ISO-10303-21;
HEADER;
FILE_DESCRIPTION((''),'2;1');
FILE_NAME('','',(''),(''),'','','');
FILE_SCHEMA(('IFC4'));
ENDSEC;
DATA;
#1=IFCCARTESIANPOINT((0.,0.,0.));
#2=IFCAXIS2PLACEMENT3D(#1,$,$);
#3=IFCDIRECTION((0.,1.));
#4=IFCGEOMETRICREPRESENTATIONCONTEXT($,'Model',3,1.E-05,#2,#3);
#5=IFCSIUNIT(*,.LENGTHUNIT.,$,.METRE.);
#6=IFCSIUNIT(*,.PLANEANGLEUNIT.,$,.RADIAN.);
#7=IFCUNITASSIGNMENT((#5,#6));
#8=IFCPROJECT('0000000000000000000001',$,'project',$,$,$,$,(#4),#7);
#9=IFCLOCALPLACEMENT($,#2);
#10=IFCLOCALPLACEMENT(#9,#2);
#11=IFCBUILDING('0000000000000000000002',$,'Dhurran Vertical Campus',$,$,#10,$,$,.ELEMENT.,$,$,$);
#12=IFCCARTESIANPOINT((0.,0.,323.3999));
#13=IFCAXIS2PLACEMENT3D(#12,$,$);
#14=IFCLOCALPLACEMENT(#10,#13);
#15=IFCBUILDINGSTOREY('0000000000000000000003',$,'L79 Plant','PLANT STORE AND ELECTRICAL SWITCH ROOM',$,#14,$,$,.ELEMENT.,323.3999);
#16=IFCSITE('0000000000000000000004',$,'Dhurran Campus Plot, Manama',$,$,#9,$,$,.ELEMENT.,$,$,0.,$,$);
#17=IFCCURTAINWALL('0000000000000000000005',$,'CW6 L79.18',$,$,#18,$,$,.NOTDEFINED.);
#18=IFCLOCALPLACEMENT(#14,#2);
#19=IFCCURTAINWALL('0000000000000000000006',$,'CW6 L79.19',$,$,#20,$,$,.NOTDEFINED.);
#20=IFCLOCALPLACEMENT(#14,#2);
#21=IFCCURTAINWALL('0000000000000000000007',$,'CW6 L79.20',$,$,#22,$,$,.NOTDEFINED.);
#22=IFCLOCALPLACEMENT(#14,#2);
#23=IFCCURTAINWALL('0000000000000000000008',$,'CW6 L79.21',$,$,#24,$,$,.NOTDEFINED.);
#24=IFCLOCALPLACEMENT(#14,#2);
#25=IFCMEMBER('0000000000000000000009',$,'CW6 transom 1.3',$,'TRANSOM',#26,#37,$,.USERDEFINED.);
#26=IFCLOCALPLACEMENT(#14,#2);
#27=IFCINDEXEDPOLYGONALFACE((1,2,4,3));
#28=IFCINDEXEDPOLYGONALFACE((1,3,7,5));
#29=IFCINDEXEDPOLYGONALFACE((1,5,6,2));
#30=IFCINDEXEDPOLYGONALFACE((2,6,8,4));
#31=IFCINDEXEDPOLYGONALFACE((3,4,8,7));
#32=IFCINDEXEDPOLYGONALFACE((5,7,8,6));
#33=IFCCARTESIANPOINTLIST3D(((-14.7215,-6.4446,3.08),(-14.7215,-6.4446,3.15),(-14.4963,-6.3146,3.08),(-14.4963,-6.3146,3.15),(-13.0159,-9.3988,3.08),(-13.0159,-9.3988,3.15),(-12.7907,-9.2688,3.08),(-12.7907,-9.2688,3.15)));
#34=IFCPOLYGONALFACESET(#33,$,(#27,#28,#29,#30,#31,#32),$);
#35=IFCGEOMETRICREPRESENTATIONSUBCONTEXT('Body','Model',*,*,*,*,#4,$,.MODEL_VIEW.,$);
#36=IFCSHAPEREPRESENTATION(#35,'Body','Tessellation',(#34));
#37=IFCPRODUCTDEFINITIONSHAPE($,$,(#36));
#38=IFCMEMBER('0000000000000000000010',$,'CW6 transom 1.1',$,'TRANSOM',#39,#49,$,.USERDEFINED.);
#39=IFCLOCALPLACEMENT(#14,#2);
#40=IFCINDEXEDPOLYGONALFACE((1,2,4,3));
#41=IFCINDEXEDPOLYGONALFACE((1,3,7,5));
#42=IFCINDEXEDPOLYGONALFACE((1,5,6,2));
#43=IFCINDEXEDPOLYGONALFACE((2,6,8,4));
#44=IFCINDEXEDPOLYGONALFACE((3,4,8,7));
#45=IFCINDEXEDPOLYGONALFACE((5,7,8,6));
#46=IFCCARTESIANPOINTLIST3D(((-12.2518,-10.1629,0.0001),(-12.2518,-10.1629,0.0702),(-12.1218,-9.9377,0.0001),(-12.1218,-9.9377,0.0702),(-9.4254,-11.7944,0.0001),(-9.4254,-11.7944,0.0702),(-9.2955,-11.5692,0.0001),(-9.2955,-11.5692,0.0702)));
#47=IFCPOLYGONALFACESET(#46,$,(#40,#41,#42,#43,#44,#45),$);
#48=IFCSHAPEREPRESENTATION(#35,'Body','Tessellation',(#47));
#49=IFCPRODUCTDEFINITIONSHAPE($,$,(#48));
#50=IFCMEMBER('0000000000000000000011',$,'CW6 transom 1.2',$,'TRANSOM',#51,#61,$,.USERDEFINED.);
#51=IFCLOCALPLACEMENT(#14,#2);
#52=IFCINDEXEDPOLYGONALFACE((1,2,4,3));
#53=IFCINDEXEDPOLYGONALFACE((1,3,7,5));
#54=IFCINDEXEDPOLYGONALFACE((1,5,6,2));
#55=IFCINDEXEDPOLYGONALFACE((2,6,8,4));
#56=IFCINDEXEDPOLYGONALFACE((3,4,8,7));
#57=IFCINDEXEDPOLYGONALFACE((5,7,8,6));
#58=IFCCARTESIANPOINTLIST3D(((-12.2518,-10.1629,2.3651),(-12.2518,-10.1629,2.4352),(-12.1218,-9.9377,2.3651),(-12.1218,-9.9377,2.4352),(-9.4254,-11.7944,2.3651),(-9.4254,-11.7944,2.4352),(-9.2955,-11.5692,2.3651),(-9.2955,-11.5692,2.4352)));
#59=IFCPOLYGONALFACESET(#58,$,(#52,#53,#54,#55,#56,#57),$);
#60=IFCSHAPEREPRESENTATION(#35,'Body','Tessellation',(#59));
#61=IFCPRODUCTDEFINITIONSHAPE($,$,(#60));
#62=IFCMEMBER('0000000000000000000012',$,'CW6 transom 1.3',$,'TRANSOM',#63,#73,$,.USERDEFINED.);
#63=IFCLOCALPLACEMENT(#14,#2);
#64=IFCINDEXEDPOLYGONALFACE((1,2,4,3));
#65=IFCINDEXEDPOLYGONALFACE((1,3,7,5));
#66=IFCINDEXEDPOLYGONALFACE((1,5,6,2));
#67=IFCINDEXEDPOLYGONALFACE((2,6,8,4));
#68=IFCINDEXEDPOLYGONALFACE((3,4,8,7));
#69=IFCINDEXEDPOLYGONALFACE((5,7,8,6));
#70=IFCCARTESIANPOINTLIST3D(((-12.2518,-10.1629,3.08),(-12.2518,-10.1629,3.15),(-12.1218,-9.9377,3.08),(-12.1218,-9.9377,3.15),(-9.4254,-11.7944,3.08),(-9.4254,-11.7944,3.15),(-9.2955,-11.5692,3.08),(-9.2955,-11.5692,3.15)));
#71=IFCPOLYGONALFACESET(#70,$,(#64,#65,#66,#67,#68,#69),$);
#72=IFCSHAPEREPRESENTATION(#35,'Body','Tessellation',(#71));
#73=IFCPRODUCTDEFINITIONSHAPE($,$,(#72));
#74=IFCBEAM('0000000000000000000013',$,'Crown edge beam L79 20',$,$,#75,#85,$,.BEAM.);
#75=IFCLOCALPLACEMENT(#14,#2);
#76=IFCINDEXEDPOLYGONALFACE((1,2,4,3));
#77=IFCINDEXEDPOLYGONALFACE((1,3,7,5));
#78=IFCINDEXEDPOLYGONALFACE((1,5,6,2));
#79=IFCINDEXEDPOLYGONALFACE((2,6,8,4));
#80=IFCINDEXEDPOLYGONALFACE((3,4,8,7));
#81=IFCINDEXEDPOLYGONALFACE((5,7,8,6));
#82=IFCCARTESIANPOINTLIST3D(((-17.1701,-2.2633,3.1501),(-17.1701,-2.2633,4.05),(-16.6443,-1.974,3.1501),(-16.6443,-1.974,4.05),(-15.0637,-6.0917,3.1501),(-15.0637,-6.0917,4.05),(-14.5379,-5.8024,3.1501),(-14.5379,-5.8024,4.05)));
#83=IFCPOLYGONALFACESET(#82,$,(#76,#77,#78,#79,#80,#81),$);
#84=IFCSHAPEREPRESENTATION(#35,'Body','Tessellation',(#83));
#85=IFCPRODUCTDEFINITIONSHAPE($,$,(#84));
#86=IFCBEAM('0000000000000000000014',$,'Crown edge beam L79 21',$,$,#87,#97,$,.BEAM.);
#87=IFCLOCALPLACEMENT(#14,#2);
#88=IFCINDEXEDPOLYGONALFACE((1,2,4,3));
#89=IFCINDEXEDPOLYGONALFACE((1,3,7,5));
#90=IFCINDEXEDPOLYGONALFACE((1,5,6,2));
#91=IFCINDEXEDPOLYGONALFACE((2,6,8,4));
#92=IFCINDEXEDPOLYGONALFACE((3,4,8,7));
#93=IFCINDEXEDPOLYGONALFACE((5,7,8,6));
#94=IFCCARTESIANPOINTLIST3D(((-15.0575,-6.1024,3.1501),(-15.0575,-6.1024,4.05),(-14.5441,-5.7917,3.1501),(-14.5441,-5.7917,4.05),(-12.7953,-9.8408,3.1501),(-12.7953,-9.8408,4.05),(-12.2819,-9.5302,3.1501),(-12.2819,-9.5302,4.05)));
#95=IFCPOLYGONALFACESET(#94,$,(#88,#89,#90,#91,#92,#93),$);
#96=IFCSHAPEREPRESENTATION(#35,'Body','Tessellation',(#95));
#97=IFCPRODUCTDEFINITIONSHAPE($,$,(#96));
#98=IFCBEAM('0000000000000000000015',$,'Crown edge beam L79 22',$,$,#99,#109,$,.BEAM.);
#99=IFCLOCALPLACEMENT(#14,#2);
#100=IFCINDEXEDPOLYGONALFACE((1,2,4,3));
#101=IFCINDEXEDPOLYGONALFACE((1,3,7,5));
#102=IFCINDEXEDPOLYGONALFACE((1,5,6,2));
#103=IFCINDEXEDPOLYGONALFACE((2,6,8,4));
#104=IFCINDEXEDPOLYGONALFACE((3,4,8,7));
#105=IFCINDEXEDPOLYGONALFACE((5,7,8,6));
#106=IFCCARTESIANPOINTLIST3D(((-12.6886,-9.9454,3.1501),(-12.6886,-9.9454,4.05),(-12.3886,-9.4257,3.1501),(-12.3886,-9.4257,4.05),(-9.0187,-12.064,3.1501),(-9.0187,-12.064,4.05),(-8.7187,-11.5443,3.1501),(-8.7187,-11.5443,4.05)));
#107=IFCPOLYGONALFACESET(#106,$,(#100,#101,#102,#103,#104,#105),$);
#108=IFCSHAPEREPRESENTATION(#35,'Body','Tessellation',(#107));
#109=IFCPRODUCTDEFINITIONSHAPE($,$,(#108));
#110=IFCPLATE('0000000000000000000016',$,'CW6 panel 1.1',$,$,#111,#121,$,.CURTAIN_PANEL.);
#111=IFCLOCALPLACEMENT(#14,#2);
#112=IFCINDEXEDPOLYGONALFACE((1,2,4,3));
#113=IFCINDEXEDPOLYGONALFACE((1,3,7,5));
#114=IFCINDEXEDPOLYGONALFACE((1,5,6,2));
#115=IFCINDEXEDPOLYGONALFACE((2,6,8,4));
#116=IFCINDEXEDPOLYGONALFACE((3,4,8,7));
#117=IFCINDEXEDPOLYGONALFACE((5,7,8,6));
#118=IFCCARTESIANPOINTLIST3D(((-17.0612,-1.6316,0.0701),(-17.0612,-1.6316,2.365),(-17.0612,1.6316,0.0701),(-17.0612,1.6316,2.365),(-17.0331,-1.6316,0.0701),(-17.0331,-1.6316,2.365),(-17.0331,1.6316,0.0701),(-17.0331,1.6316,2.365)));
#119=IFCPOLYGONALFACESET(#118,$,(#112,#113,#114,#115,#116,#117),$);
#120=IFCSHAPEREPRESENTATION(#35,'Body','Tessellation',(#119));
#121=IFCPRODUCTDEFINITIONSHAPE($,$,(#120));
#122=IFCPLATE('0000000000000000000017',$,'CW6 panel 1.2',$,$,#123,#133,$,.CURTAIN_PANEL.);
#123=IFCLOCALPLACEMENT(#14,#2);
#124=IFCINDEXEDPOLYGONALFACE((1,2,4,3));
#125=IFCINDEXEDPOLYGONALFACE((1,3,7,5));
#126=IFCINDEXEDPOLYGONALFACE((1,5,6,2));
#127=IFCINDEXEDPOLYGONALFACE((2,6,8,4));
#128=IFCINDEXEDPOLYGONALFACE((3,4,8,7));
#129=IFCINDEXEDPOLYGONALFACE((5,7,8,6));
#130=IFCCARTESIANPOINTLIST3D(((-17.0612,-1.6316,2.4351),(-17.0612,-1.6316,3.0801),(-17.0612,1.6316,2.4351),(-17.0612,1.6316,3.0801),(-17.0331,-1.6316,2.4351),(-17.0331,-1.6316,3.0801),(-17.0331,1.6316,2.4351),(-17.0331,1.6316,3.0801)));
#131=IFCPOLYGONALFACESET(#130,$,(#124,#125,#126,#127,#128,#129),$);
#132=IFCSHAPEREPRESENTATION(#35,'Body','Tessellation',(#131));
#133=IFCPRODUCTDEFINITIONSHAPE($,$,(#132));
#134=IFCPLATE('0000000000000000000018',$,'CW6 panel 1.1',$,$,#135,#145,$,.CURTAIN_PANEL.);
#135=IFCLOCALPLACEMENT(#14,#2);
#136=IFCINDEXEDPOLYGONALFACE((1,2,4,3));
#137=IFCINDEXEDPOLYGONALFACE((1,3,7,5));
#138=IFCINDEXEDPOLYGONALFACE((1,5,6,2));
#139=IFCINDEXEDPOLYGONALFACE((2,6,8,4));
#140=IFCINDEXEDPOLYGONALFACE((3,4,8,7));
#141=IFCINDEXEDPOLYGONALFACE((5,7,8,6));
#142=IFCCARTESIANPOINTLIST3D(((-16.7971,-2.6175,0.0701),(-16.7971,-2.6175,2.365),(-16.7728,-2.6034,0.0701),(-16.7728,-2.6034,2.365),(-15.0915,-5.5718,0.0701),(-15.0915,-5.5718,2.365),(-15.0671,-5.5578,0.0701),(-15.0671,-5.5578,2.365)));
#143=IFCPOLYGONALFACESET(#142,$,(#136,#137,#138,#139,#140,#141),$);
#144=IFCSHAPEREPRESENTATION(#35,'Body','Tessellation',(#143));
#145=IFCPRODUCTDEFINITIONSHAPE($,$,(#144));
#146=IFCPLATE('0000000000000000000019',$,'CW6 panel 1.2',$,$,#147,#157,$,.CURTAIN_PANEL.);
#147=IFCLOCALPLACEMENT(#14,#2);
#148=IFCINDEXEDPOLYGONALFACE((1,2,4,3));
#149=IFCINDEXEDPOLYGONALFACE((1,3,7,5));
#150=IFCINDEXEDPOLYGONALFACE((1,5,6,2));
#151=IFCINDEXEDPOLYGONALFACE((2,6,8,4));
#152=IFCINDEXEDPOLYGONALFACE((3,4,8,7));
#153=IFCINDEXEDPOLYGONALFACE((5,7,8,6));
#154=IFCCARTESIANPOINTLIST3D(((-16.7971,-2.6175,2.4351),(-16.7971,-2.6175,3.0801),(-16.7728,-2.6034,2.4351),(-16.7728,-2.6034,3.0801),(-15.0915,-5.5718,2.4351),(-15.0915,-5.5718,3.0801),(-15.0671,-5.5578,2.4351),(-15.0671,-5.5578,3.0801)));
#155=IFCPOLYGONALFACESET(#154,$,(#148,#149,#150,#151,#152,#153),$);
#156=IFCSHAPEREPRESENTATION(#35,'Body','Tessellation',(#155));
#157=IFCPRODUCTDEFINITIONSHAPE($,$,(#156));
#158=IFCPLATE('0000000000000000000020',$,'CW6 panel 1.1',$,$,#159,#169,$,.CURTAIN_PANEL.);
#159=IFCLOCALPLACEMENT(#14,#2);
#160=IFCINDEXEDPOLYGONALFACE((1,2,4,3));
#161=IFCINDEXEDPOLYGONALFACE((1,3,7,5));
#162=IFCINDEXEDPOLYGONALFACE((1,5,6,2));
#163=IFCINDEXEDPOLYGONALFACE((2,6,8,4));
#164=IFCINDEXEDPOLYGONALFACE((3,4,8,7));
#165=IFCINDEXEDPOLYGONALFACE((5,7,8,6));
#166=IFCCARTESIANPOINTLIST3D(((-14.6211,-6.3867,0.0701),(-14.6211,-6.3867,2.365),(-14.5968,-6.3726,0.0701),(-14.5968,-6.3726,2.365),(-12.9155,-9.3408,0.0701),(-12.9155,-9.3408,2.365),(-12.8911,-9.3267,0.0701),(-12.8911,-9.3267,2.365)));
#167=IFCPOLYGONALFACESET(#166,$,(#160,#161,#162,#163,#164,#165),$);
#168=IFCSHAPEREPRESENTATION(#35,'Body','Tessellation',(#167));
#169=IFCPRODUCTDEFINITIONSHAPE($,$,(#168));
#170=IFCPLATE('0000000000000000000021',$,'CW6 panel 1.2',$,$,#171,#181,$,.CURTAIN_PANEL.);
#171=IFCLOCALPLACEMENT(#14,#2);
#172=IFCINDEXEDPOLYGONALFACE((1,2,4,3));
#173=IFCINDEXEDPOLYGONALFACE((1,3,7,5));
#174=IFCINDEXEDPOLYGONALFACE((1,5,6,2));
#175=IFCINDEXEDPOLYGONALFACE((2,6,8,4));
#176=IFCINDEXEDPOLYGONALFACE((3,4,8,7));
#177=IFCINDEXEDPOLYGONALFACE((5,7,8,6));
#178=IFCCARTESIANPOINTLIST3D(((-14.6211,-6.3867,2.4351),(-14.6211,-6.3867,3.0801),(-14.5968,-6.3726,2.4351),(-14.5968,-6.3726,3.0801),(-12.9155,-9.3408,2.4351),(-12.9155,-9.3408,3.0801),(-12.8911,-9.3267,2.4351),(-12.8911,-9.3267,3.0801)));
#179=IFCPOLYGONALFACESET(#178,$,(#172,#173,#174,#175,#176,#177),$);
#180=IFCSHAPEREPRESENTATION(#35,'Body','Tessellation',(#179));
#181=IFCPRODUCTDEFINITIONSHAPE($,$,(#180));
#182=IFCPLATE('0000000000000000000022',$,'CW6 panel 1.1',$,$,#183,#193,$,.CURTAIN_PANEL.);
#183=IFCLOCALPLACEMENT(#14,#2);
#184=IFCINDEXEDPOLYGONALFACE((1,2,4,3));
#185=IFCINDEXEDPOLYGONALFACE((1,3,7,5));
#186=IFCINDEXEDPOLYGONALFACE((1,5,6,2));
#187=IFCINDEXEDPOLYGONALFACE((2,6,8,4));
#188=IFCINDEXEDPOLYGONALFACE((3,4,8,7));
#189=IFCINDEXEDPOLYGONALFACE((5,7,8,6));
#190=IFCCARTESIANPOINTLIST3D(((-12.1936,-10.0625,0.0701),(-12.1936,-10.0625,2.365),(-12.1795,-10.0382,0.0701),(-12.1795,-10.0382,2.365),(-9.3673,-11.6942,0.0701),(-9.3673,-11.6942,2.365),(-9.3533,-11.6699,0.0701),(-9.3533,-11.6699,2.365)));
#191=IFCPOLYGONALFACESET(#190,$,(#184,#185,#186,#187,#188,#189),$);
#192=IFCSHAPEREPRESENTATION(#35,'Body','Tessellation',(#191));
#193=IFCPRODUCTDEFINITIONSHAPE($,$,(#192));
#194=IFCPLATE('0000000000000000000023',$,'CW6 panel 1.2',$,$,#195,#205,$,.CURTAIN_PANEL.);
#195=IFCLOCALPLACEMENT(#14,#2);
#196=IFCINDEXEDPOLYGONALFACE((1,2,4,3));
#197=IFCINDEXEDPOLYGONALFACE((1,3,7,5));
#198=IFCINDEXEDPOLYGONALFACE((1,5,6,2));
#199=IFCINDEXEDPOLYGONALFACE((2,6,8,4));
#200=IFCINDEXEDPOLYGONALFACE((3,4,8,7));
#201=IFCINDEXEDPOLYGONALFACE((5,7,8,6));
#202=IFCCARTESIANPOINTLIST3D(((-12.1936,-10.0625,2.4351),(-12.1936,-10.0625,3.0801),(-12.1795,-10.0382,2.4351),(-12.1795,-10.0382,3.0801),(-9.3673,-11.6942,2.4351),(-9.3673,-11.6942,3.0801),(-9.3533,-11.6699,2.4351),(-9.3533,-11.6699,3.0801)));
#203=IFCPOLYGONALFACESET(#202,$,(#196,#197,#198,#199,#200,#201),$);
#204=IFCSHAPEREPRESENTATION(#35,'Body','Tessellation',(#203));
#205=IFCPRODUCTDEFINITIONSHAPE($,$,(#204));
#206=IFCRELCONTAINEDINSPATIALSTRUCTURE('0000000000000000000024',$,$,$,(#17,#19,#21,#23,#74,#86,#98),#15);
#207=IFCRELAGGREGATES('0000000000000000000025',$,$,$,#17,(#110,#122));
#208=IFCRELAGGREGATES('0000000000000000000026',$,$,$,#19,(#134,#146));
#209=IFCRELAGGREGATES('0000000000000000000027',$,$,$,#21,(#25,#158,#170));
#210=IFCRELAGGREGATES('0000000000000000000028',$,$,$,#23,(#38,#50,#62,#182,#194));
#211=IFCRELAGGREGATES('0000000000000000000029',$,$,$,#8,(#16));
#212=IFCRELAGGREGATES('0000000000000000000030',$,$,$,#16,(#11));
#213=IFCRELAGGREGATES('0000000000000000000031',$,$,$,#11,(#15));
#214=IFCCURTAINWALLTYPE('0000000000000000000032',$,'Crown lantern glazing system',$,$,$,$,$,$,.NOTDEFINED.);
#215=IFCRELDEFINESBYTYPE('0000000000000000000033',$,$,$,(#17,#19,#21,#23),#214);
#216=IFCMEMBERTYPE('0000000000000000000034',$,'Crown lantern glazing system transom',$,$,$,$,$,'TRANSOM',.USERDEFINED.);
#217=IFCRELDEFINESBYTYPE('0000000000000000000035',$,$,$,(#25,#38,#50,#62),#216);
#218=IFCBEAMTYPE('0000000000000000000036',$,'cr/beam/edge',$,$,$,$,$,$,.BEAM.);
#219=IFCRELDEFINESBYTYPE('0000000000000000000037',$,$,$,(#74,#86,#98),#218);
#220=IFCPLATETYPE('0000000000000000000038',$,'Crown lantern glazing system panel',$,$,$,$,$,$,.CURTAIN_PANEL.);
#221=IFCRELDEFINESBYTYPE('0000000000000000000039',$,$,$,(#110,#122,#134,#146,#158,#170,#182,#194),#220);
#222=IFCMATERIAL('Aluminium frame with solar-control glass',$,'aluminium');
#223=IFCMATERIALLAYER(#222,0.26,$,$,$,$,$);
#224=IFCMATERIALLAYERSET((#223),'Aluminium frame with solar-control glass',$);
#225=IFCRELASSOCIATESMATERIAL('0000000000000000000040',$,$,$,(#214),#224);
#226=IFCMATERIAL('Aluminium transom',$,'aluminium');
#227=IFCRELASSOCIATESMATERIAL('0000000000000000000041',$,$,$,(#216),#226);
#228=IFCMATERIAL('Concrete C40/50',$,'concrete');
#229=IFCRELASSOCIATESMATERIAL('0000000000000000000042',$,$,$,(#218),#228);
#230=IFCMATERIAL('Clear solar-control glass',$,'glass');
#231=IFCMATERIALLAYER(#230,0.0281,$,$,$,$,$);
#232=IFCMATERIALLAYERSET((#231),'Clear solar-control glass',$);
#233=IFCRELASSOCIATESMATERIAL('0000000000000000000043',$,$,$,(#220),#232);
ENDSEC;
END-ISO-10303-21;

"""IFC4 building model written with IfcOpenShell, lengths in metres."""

from ifc_helpers import new_model, si_unit, direction, frame, origin, origin_2d, place, context, subcontext, project, spatial, rectangle, extrude, material, layer, layer_set, material_profile, profile_set, type_object, element, aggregate, save


model = new_model("IFC4")

# Units and contexts
model_context = context("Model", 3, precision=1e-05, world=origin(), true_north=direction((0.0, 1.0)))
body_context = subcontext(model_context, "Body", "Model", "MODEL_VIEW")
ifc_project = project(units=[si_unit("LENGTHUNIT", "METRE"), si_unit("PLANEANGLEUNIT", "RADIAN")], contexts=[model_context])

# Site, building, storey
site_placement = place(None, origin())
site = spatial("IfcSite", under=ifc_project, at=site_placement, Name="Dhurran Campus Plot, Manama", CompositionType="ELEMENT", RefElevation=0.0)
building_placement = place(site_placement, origin())
building = spatial("IfcBuilding", under=site, at=building_placement, Name="Dhurran Vertical Campus", CompositionType="ELEMENT")
storey_placement = place(building_placement, frame((0.0, 0.0, 323.3999)))
storey = spatial("IfcBuildingStorey", under=building, at=storey_placement, Name="L79 Plant", Description="PLANT STORE AND ELECTRICAL SWITCH ROOM", CompositionType="ELEMENT", Elevation=323.3999)

# Curtain wall
ifc_material_1 = material(Name="Aluminium frame with solar-control glass", Category="aluminium")
ifc_layer_1 = layer(ifc_material_1, 0.26)
ifc_layer_set_1 = layer_set([ifc_layer_1], Name="Aluminium frame with solar-control glass")
curtain_wall_type = type_object("IfcCurtainWallType", Name="Crown lantern glazing system", PredefinedType="NOTDEFINED", material=ifc_layer_set_1)
curtain_wall_1_placement = place(storey_placement, origin())
curtain_wall_1 = element("IfcCurtainWall", 1, at=curtain_wall_1_placement, inside=storey, type_object=curtain_wall_type, Name="CW6 L79.18", PredefinedType="NOTDEFINED")

# Curtain walls
curtain_wall_2_placement = place(storey_placement, origin())
curtain_wall_2 = element("IfcCurtainWall", 2, at=curtain_wall_2_placement, inside=storey, type_object=curtain_wall_type, Name="CW6 L79.19", PredefinedType="NOTDEFINED")
curtain_wall_3_placement = place(storey_placement, origin())
curtain_wall_3 = element("IfcCurtainWall", 3, at=curtain_wall_3_placement, inside=storey, type_object=curtain_wall_type, Name="CW6 L79.20", PredefinedType="NOTDEFINED")
curtain_wall_4_placement = place(storey_placement, origin())
curtain_wall_4 = element("IfcCurtainWall", 4, at=curtain_wall_4_placement, inside=storey, type_object=curtain_wall_type, Name="CW6 L79.21", PredefinedType="NOTDEFINED")

# Members
ifc_material_2 = material(Name="Aluminium transom", Category="aluminium")
ifc_material_profile_1 = material_profile(ifc_material_2, rectangle(XDim=0.26, YDim=0.0701, at=origin_2d()), Name="Crown lantern glazing system transom")
ifc_profile_set_1 = profile_set([ifc_material_profile_1], Name="Aluminium transom")
member_type_1 = type_object("IfcMemberType", Name="Crown lantern glazing system transom", ElementType="TRANSOM", PredefinedType="USERDEFINED", material=ifc_profile_set_1)
member_1_placement = place(storey_placement, frame((-14.6089, -6.3796, 3.115), z_axis=(0.500003, -0.866023, 0.0), x_axis=(0.866023, 0.500003, 0.0)))
member_1 = element("IfcMember", 5, at=member_1_placement, type_object=member_type_1, Name="CW6 transom 1.3", ObjectType="TRANSOM", PredefinedType="USERDEFINED", context=body_context, shape_type="SweptSolid", body=[
    extrude(rectangle(XDim=0.26, YDim=0.0701, at=origin_2d()), origin(), (0.0, 0.0, 1.0), 3.4111),
])
member_2_placement = place(storey_placement, frame((-12.1868, -10.0503, 0.0352), z_axis=(0.866057, -0.499945, 0.0), x_axis=(0.499945, 0.866057, 0.0)))
member_2 = element("IfcMember", 6, at=member_2_placement, type_object=member_type_1, Name="CW6 transom 1.1", ObjectType="TRANSOM", PredefinedType="USERDEFINED", context=body_context, shape_type="SweptSolid", body=[
    extrude(rectangle(XDim=0.26, YDim=0.0701, at=origin_2d()), origin(), (0.0, 0.0, 1.0), 3.2634),
])
member_3_placement = place(storey_placement, frame((-12.1868, -10.0503, 2.4001), z_axis=(0.866057, -0.499945, 0.0), x_axis=(0.499945, 0.866057, 0.0)))
member_3 = element("IfcMember", 7, at=member_3_placement, type_object=member_type_1, Name="CW6 transom 1.2", ObjectType="TRANSOM", PredefinedType="USERDEFINED", context=body_context, shape_type="SweptSolid", body=[
    extrude(rectangle(XDim=0.26, YDim=0.0701, at=origin_2d()), origin(), (0.0, 0.0, 1.0), 3.2634),
])
member_4_placement = place(storey_placement, frame((-12.1868, -10.0503, 3.115), z_axis=(0.866057, -0.499945, 0.0), x_axis=(0.499945, 0.866057, 0.0)))
member_4 = element("IfcMember", 8, at=member_4_placement, type_object=member_type_1, Name="CW6 transom 1.3", ObjectType="TRANSOM", PredefinedType="USERDEFINED", context=body_context, shape_type="SweptSolid", body=[
    extrude(rectangle(XDim=0.26, YDim=0.0701, at=origin_2d()), origin(), (0.0, 0.0, 1.0), 3.2634),
])

# Beams
ifc_material_3 = material(Name="Concrete C40/50", Category="concrete")
ifc_material_profile_2 = material_profile(ifc_material_3, rectangle(XDim=0.6001, YDim=0.8999, at=origin_2d()), Name="cr/beam/edge")
ifc_profile_set_2 = profile_set([ifc_material_profile_2], Name="Concrete C40/50")
beam_type = type_object("IfcBeamType", Name="cr/beam/edge", PredefinedType="BEAM", material=ifc_profile_set_2)
for number, where, z_axis, x_axis, name in (
    (9, (-16.9072, -2.1187, 3.6001), (0.482067, -0.876135, 0.0), (0.876135, 0.482067, 0.0), "Crown edge beam L79 20"),
    (10, (-14.8008, -5.947, 3.6001), (0.517705, -0.855559, 0.0), (0.855559, 0.517705, 0.0), "Crown edge beam L79 21"),
):
    element("IfcBeam", number, at=place(storey_placement, frame(where, z_axis=z_axis, x_axis=x_axis)), inside=storey, type_object=beam_type, Name=name, PredefinedType="BEAM", context=body_context, shape_type="SweptSolid", body=[
        extrude(rectangle(XDim=0.6001, YDim=0.8999, at=origin_2d()), origin(), (0.0, 0.0, 1.0), 4.3696),
    ])
beam_placement = place(storey_placement, frame((-12.5386, -9.6855, 3.6001), z_axis=(0.866044, -0.499968, 0.0), x_axis=(0.499968, 0.866044, 0.0)))
element("IfcBeam", 11, at=beam_placement, inside=storey, type_object=beam_type, Name="Crown edge beam L79 22", PredefinedType="BEAM", context=body_context, shape_type="SweptSolid", body=[
    extrude(rectangle(XDim=0.6001, YDim=0.8999, at=origin_2d()), origin(), (0.0, 0.0, 1.0), 4.2375),
])

# Plates
ifc_material_4 = material(Name="Clear solar-control glass", Category="glass")
ifc_layer_2 = layer(ifc_material_4, 0.0281)
ifc_layer_set_2 = layer_set([ifc_layer_2], Name="Clear solar-control glass")
plate_type = type_object("IfcPlateType", Name="Crown lantern glazing system panel", PredefinedType="CURTAIN_PANEL", material=ifc_layer_set_2)
plate_1_placement = place(storey_placement, frame((-17.0471, 0.0, 0.0701), z_axis=(0.0, 0.0, 1.0), x_axis=(0.0, -1.0, 0.0)))
plate_1 = element("IfcPlate", 12, at=plate_1_placement, type_object=plate_type, Name="CW6 panel 1.1", PredefinedType="CURTAIN_PANEL", context=body_context, shape_type="SweptSolid", body=[
    extrude(rectangle(XDim=3.2632, YDim=0.0281, at=origin_2d()), origin(), (0.0, 0.0, 1.0), 2.2949),
])
plate_2_placement = place(storey_placement, frame((-17.0471, 0.0, 2.4351), z_axis=(0.0, 0.0, 1.0), x_axis=(0.0, -1.0, 0.0)))
plate_2 = element("IfcPlate", 13, at=plate_2_placement, type_object=plate_type, Name="CW6 panel 1.2", PredefinedType="CURTAIN_PANEL", context=body_context, shape_type="SweptSolid", body=[
    extrude(rectangle(XDim=3.2632, YDim=0.0281, at=origin_2d()), origin(), (0.0, 0.0, 1.0), 0.645),
])
aggregate(curtain_wall_1, [plate_1, plate_2])
plate_3_placement = place(storey_placement, frame((-15.9321, -4.0876, 0.0701), z_axis=(0.0, 0.0, 1.0), x_axis=(0.499991, -0.86603, 0.0)))
plate_3 = element("IfcPlate", 14, at=plate_3_placement, type_object=plate_type, Name="CW6 panel 1.1", PredefinedType="CURTAIN_PANEL", context=body_context, shape_type="SweptSolid", body=[
    extrude(rectangle(XDim=3.4114, YDim=0.0281, at=origin_2d()), origin(), (0.0, 0.0, 1.0), 2.2949),
])
plate_4_placement = place(storey_placement, frame((-15.9321, -4.0876, 2.4351), z_axis=(0.0, 0.0, 1.0), x_axis=(0.499991, -0.86603, 0.0)))
plate_4 = element("IfcPlate", 15, at=plate_4_placement, type_object=plate_type, Name="CW6 panel 1.2", PredefinedType="CURTAIN_PANEL", context=body_context, shape_type="SweptSolid", body=[
    extrude(rectangle(XDim=3.4114, YDim=0.0281, at=origin_2d()), origin(), (0.0, 0.0, 1.0), 0.645),
])
aggregate(curtain_wall_2, [plate_3, plate_4])
plate_5_placement = place(storey_placement, frame((-13.7561, -7.8567, 0.0701), z_axis=(0.0, 0.0, 1.0), x_axis=(0.500016, -0.866016, 0.0)))
plate_5 = element("IfcPlate", 16, at=plate_5_placement, type_object=plate_type, Name="CW6 panel 1.1", PredefinedType="CURTAIN_PANEL", context=body_context, shape_type="SweptSolid", body=[
    extrude(rectangle(XDim=3.4111, YDim=0.0281, at=origin_2d()), origin(), (0.0, 0.0, 1.0), 2.2949),
])
plate_6_placement = place(storey_placement, frame((-13.7561, -7.8567, 2.4351), z_axis=(0.0, 0.0, 1.0), x_axis=(0.500016, -0.866016, 0.0)))
plate_6 = element("IfcPlate", 17, at=plate_6_placement, type_object=plate_type, Name="CW6 panel 1.2", PredefinedType="CURTAIN_PANEL", context=body_context, shape_type="SweptSolid", body=[
    extrude(rectangle(XDim=3.4111, YDim=0.0281, at=origin_2d()), origin(), (0.0, 0.0, 1.0), 0.645),
])
aggregate(curtain_wall_3, [member_1, plate_5, plate_6])
plate_7_placement = place(storey_placement, frame((-10.7734, -10.8662, 0.0701), z_axis=(0.0, 0.0, 1.0), x_axis=(0.86603, -0.499991, 0.0)))
plate_7 = element("IfcPlate", 18, at=plate_7_placement, type_object=plate_type, Name="CW6 panel 1.1", PredefinedType="CURTAIN_PANEL", context=body_context, shape_type="SweptSolid", body=[
    extrude(rectangle(XDim=3.2634, YDim=0.0281, at=origin_2d()), origin(), (0.0, 0.0, 1.0), 2.2949),
])
plate_8_placement = place(storey_placement, frame((-10.7734, -10.8662, 2.4351), z_axis=(0.0, 0.0, 1.0), x_axis=(0.86603, -0.499991, 0.0)))
plate_8 = element("IfcPlate", 19, at=plate_8_placement, type_object=plate_type, Name="CW6 panel 1.2", PredefinedType="CURTAIN_PANEL", context=body_context, shape_type="SweptSolid", body=[
    extrude(rectangle(XDim=3.2634, YDim=0.0281, at=origin_2d()), origin(), (0.0, 0.0, 1.0), 0.645),
])
aggregate(curtain_wall_4, [member_2, member_3, member_4, plate_7, plate_8])

save(model, "model.ifc")
